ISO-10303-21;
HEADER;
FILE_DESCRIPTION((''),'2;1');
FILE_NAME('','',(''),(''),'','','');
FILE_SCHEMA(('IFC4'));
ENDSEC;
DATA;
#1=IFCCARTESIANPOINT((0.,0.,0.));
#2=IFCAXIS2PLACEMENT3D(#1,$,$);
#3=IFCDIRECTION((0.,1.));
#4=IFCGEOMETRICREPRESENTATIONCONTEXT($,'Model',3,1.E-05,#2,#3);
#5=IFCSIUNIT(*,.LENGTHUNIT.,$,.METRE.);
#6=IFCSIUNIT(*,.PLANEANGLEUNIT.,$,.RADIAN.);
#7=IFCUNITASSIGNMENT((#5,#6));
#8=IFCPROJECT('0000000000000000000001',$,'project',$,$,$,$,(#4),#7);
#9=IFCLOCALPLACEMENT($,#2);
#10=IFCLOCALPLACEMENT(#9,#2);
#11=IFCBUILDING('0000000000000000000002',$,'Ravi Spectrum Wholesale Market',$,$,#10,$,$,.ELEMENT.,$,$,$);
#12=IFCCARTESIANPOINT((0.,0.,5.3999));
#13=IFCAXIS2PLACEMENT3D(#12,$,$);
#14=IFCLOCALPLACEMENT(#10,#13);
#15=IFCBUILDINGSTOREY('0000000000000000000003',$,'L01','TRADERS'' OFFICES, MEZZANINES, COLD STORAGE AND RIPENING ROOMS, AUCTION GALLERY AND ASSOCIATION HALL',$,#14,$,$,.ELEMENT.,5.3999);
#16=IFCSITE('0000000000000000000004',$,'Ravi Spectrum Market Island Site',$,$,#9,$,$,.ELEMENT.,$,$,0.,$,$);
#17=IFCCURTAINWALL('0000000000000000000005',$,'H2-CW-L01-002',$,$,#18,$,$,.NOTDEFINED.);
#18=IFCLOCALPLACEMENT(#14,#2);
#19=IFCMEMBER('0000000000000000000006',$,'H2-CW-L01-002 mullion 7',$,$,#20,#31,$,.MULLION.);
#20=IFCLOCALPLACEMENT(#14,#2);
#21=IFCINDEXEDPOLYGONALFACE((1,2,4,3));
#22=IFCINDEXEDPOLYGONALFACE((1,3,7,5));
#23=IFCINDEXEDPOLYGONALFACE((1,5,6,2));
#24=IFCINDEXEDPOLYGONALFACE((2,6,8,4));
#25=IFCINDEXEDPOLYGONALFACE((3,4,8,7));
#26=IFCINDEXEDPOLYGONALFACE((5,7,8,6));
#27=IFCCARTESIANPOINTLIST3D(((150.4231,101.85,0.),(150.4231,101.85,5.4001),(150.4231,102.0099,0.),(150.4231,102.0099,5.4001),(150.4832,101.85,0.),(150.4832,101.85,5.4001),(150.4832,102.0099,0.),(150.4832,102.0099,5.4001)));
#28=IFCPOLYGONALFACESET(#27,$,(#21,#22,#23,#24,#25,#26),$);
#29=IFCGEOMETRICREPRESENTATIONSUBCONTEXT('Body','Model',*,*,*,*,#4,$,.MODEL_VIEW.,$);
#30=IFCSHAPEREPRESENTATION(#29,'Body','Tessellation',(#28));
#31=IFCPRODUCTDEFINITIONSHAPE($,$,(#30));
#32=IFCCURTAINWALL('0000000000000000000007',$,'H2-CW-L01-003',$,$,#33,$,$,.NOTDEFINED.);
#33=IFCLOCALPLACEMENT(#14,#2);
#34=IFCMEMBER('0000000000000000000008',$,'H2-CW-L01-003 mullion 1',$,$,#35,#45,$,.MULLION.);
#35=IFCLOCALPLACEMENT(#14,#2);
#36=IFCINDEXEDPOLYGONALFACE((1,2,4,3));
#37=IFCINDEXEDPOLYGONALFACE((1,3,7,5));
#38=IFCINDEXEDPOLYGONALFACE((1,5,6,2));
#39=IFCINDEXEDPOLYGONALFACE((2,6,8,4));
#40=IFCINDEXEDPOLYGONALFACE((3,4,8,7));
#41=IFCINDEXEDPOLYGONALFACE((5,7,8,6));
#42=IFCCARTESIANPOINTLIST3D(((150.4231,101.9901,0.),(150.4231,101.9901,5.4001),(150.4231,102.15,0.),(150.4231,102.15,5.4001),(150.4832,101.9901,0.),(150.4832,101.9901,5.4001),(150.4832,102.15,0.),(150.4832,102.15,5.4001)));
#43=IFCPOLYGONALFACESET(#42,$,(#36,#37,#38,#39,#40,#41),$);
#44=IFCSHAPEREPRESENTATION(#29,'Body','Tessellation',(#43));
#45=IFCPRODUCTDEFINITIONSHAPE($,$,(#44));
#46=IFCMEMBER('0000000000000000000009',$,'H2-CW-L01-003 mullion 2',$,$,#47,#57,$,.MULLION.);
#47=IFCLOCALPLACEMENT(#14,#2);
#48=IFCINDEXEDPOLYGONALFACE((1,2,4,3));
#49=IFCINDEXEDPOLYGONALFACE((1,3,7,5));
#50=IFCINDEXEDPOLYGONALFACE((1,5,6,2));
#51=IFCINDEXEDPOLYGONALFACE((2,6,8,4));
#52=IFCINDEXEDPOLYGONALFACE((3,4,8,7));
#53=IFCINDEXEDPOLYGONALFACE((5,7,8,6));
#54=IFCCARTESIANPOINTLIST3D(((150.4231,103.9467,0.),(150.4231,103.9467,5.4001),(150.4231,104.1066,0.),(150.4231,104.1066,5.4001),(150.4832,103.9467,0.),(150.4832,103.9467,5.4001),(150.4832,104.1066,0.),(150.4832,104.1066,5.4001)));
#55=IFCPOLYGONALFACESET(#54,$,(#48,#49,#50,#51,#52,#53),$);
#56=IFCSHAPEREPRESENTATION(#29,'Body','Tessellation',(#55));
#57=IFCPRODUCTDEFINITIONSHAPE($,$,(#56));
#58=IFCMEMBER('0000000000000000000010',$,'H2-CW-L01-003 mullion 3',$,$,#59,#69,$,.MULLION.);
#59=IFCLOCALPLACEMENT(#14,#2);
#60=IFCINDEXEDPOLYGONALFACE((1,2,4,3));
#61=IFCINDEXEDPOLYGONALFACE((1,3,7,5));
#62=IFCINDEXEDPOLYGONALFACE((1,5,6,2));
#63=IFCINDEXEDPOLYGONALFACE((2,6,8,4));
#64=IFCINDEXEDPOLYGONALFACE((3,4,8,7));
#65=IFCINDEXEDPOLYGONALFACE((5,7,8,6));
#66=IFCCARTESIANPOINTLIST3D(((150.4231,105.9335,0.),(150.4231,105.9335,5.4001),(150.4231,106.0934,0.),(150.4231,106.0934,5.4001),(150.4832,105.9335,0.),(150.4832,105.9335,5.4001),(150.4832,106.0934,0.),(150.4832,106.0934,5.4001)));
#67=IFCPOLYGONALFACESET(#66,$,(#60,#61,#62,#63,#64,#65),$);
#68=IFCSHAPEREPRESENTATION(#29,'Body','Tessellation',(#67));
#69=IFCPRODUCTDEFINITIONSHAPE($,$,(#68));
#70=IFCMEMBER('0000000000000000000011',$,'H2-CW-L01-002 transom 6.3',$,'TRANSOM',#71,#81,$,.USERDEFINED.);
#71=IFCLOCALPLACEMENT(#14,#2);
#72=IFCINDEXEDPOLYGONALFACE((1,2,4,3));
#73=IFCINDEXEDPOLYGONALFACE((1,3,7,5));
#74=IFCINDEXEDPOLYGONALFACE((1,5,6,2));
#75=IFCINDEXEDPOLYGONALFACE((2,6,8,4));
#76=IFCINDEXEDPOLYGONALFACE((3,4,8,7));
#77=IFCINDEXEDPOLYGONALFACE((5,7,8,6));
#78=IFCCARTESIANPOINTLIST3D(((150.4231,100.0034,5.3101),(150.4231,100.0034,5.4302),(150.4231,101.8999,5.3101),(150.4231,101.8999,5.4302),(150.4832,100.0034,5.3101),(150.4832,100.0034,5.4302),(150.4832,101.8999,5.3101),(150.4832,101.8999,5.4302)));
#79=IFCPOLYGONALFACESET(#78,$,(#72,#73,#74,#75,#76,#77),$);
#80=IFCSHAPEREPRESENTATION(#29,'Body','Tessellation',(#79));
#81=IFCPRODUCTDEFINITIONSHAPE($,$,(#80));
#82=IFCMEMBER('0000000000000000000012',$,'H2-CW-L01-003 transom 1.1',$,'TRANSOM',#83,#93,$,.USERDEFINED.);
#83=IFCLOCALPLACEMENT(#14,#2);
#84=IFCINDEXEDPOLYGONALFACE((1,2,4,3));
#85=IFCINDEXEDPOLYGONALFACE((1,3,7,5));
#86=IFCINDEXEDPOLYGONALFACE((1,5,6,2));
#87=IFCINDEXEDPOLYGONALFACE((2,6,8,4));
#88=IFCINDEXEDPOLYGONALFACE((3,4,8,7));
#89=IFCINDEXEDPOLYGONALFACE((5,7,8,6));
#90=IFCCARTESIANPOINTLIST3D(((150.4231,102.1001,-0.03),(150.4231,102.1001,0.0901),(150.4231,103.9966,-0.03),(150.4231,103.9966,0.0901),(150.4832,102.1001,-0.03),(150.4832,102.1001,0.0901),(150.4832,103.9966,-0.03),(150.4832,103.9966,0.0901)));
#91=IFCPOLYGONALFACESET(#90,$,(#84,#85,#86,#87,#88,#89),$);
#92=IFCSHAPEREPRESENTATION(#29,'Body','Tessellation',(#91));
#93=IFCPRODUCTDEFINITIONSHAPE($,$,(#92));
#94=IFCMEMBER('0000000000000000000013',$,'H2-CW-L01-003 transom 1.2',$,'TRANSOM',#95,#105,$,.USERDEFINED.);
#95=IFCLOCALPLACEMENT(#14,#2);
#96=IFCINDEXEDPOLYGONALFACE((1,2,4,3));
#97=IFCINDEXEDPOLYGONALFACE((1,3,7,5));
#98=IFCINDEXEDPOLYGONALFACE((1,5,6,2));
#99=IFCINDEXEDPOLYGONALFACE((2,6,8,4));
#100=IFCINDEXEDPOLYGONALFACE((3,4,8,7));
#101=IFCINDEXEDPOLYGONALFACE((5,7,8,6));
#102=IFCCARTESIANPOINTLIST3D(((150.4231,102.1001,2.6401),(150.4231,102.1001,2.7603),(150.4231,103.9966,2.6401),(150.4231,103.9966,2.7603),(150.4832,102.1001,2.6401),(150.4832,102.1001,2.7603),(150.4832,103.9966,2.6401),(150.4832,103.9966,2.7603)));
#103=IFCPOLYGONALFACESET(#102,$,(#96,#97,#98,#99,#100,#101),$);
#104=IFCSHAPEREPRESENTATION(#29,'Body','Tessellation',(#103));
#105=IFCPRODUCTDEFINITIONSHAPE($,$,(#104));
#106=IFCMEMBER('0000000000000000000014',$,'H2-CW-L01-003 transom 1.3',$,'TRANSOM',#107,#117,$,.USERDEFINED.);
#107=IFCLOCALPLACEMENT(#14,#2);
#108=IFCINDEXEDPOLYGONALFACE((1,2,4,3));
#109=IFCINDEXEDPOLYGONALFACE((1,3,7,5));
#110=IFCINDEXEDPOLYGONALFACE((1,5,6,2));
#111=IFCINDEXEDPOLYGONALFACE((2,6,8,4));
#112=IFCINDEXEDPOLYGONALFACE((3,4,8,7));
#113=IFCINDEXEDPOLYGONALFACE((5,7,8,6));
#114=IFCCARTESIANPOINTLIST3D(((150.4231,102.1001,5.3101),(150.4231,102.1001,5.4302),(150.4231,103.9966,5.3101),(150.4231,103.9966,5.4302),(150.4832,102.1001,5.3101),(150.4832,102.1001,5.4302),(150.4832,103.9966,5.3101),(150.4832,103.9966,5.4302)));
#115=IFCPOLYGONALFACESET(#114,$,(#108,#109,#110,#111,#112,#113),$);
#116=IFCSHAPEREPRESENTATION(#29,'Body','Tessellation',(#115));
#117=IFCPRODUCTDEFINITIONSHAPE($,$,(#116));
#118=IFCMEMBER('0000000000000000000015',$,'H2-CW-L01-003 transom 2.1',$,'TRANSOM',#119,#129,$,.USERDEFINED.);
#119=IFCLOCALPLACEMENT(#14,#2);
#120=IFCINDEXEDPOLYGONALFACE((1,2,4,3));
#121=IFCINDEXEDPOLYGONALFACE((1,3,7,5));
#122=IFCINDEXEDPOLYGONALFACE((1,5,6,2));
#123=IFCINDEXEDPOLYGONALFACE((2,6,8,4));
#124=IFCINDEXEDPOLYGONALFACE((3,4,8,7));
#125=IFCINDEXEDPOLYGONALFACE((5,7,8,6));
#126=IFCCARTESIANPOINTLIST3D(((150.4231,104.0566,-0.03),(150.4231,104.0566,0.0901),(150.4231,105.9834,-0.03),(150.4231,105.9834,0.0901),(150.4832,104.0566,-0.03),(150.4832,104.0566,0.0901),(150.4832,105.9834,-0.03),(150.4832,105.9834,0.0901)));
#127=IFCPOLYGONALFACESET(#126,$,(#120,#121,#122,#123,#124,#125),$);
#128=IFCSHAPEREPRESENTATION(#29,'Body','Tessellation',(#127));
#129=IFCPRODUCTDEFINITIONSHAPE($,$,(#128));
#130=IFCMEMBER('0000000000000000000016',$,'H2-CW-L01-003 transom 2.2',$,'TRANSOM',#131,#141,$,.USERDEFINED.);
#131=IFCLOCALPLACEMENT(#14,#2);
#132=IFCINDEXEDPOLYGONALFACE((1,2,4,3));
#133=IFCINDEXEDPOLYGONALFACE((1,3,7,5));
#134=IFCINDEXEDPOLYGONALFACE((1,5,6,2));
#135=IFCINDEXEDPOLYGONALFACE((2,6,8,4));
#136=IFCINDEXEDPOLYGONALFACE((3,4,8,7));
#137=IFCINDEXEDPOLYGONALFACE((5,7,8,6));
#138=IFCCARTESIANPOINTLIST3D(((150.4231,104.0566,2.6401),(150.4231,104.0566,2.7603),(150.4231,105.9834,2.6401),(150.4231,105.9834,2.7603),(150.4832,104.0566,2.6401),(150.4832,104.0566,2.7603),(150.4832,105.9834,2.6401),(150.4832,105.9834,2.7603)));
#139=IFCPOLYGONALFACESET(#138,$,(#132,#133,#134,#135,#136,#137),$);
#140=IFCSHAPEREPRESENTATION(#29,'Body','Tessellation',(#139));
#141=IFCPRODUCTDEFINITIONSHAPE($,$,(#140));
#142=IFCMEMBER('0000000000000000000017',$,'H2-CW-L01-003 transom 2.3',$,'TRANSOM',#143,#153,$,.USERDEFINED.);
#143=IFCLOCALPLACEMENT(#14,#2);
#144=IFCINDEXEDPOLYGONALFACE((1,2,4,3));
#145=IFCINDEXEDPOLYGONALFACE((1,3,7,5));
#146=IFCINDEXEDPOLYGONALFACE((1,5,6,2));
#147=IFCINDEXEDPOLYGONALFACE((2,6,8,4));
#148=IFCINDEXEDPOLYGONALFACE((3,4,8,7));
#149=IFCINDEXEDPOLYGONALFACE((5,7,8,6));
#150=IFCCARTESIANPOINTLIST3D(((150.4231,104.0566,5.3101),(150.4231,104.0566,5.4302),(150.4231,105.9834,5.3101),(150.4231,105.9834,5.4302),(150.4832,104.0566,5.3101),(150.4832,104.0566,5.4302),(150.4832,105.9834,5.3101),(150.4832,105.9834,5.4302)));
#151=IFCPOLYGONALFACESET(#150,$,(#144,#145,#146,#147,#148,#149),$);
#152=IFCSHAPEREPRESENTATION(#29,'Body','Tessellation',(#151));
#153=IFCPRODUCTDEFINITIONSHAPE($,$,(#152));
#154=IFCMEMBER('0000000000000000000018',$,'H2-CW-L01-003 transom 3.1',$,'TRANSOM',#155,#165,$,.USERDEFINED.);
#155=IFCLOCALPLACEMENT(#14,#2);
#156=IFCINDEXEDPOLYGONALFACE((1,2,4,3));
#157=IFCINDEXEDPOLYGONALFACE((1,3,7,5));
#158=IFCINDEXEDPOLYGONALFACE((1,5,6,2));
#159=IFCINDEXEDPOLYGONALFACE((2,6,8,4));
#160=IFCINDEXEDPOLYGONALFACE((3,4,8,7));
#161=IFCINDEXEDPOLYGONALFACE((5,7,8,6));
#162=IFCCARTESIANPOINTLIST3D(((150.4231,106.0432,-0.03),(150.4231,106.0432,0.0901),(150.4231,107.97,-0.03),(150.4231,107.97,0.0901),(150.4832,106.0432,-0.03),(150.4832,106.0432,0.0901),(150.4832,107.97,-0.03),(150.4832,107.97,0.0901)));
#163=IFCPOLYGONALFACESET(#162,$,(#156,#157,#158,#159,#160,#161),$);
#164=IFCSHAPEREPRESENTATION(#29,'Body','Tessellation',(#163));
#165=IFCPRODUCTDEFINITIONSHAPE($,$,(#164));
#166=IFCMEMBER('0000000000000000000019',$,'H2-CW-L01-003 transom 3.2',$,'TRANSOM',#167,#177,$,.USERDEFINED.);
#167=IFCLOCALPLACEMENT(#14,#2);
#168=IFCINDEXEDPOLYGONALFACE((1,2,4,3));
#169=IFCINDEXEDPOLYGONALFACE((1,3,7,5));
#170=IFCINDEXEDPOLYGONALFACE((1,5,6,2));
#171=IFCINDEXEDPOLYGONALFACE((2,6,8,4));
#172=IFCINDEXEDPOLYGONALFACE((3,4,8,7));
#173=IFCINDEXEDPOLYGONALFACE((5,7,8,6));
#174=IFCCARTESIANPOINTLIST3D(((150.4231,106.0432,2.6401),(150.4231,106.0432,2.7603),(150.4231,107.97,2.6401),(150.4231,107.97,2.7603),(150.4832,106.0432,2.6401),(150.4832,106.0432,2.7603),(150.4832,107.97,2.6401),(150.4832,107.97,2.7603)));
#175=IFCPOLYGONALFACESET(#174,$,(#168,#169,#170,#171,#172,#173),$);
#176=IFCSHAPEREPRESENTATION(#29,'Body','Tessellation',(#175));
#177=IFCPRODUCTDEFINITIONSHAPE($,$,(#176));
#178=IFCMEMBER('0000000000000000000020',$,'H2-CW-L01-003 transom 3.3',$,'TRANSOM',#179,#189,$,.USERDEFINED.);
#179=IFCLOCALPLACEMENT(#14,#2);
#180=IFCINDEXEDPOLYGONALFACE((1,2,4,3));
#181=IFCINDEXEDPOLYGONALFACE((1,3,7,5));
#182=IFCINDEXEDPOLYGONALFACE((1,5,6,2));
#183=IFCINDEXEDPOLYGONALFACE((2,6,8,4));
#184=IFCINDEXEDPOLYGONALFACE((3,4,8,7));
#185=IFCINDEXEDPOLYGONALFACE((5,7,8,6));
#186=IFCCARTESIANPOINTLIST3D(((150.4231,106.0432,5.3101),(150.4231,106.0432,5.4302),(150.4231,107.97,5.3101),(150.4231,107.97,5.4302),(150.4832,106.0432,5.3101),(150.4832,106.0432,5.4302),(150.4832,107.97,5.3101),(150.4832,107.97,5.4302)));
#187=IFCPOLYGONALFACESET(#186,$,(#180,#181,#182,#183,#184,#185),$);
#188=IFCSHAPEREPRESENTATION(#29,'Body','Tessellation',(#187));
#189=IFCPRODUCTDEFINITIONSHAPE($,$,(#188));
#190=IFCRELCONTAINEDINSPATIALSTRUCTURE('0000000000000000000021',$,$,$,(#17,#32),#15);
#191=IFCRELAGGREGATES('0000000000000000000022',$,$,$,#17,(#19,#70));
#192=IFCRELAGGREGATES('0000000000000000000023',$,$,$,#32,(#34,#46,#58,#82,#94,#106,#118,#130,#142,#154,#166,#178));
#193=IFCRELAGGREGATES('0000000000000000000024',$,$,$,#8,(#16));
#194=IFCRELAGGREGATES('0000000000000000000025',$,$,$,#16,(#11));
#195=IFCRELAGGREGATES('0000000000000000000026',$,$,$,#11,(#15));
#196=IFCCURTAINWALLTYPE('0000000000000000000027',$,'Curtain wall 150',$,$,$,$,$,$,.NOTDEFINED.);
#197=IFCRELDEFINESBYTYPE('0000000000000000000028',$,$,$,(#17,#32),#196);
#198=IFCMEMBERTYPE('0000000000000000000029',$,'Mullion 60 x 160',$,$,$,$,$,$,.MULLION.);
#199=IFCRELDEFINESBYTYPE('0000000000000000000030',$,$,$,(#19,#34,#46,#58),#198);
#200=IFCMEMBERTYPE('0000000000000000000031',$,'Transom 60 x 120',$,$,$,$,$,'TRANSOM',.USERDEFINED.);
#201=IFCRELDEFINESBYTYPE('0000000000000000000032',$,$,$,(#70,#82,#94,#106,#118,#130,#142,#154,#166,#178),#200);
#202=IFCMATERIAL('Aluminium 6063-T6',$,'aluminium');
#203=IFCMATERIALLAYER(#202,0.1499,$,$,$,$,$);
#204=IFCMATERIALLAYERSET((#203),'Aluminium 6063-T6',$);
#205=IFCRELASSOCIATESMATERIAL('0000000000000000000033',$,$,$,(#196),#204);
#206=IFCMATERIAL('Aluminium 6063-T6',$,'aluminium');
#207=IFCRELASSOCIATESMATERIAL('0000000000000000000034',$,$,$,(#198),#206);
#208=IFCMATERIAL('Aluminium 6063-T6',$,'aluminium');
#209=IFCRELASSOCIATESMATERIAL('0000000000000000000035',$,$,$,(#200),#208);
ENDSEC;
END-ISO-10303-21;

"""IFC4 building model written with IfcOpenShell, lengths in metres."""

from ifc_helpers import new_model, si_unit, direction, frame, origin, origin_2d, place, context, subcontext, project, spatial, rectangle, extrude, material, layer, layer_set, material_profile, profile_set, type_object, element, aggregate, save


model = new_model("IFC4")

# Units and contexts
model_context = context("Model", 3, precision=1e-05, world=origin(), true_north=direction((0.0, 1.0)))
body_context = subcontext(model_context, "Body", "Model", "MODEL_VIEW")
ifc_project = project(units=[si_unit("LENGTHUNIT", "METRE"), si_unit("PLANEANGLEUNIT", "RADIAN")], contexts=[model_context])

# Site, building, storey
site_placement = place(None, origin())
site = spatial("IfcSite", under=ifc_project, at=site_placement, Name="Ravi Spectrum Market Island Site", CompositionType="ELEMENT", RefElevation=0.0)
building_placement = place(site_placement, origin())
building = spatial("IfcBuilding", under=site, at=building_placement, Name="Ravi Spectrum Wholesale Market", CompositionType="ELEMENT")
storey_placement = place(building_placement, frame((0.0, 0.0, 5.3999)))
storey = spatial("IfcBuildingStorey", under=building, at=storey_placement, Name="L01", Description="TRADERS' OFFICES, MEZZANINES, COLD STORAGE AND RIPENING ROOMS, AUCTION GALLERY AND ASSOCIATION HALL", CompositionType="ELEMENT", Elevation=5.3999)

# Curtain wall, member
ifc_material_1 = material(Name="Aluminium 6063-T6", Category="aluminium")
ifc_layer_1 = layer(ifc_material_1, 0.1499)
ifc_layer_set_1 = layer_set([ifc_layer_1], Name="Aluminium 6063-T6")
curtain_wall_type = type_object("IfcCurtainWallType", Name="Curtain wall 150", PredefinedType="NOTDEFINED", material=ifc_layer_set_1)
curtain_wall_1_placement = place(storey_placement, origin())
curtain_wall_1 = element("IfcCurtainWall", 1, at=curtain_wall_1_placement, inside=storey, type_object=curtain_wall_type, Name="H2-CW-L01-002", PredefinedType="NOTDEFINED")
ifc_material_2 = material(Name="Aluminium 6063-T6", Category="aluminium")
ifc_material_profile_1 = material_profile(ifc_material_2, rectangle(XDim=0.0601, YDim=0.1599, at=origin_2d()))
ifc_profile_set_1 = profile_set([ifc_material_profile_1], Name="Aluminium 6063-T6")
member_type_1 = type_object("IfcMemberType", Name="Mullion 60 x 160", PredefinedType="MULLION", material=ifc_profile_set_1)
member_1_placement = place(storey_placement, frame((150.4531, 101.9299, 0.0), z_axis=(0.0, 0.0, 1.0), x_axis=(-1.0, 0.0, 0.0)))
member_1 = element("IfcMember", 2, at=member_1_placement, type_object=member_type_1, Name="H2-CW-L01-002 mullion 7", PredefinedType="MULLION", context=body_context, shape_type="SweptSolid", body=[
    extrude(rectangle(XDim=0.0601, YDim=0.1599, at=origin_2d()), origin(), (0.0, 0.0, 1.0), 5.4001),
])

# Curtain wall, members
curtain_wall_2_placement = place(storey_placement, origin())
curtain_wall_2 = element("IfcCurtainWall", 3, at=curtain_wall_2_placement, inside=storey, type_object=curtain_wall_type, Name="H2-CW-L01-003", PredefinedType="NOTDEFINED")
member_2_placement = place(storey_placement, frame((150.4531, 102.0701, 0.0), z_axis=(0.0, 0.0, 1.0), x_axis=(-1.0, 0.0, 0.0)))
member_2 = element("IfcMember", 4, at=member_2_placement, type_object=member_type_1, Name="H2-CW-L01-003 mullion 1", PredefinedType="MULLION", context=body_context, shape_type="SweptSolid", body=[
    extrude(rectangle(XDim=0.0601, YDim=0.1599, at=origin_2d()), origin(), (0.0, 0.0, 1.0), 5.4001),
])
member_3_placement = place(storey_placement, frame((150.4531, 104.0266, 0.0), z_axis=(0.0, 0.0, 1.0), x_axis=(-1.0, 0.0, 0.0)))
member_3 = element("IfcMember", 5, at=member_3_placement, type_object=member_type_1, Name="H2-CW-L01-003 mullion 2", PredefinedType="MULLION", context=body_context, shape_type="SweptSolid", body=[
    extrude(rectangle(XDim=0.0601, YDim=0.1599, at=origin_2d()), origin(), (0.0, 0.0, 1.0), 5.4001),
])
member_4_placement = place(storey_placement, frame((150.4531, 106.0134, 0.0), z_axis=(0.0, 0.0, 1.0), x_axis=(-1.0, 0.0, 0.0)))
member_4 = element("IfcMember", 6, at=member_4_placement, type_object=member_type_1, Name="H2-CW-L01-003 mullion 3", PredefinedType="MULLION", context=body_context, shape_type="SweptSolid", body=[
    extrude(rectangle(XDim=0.0601, YDim=0.1599, at=origin_2d()), origin(), (0.0, 0.0, 1.0), 5.4001),
])

# Members
ifc_material_3 = material(Name="Aluminium 6063-T6", Category="aluminium")
ifc_material_profile_2 = material_profile(ifc_material_3, rectangle(XDim=0.0601, YDim=0.1201, at=origin_2d()))
ifc_profile_set_2 = profile_set([ifc_material_profile_2], Name="Aluminium 6063-T6")
member_type_2 = type_object("IfcMemberType", Name="Transom 60 x 120", ElementType="TRANSOM", PredefinedType="USERDEFINED", material=ifc_profile_set_2)
member_5_placement = place(storey_placement, frame((150.4531, 100.0034, 5.3701), z_axis=(0.0, 1.0, 0.0), x_axis=(-1.0, 0.0, 0.0)))
member_5 = element("IfcMember", 7, at=member_5_placement, type_object=member_type_2, Name="H2-CW-L01-002 transom 6.3", ObjectType="TRANSOM", PredefinedType="USERDEFINED", context=body_context, shape_type="SweptSolid", body=[
    extrude(rectangle(XDim=0.0601, YDim=0.1201, at=origin_2d()), origin(), (0.0, 0.0, 1.0), 1.8965),
])
member_6_placement = place(storey_placement, frame((150.4531, 102.1001, 0.03), z_axis=(0.0, 1.0, 0.0), x_axis=(-1.0, 0.0, 0.0)))
member_6 = element("IfcMember", 8, at=member_6_placement, type_object=member_type_2, Name="H2-CW-L01-003 transom 1.1", ObjectType="TRANSOM", PredefinedType="USERDEFINED", context=body_context, shape_type="SweptSolid", body=[
    extrude(rectangle(XDim=0.0601, YDim=0.1201, at=origin_2d()), origin(), (0.0, 0.0, 1.0), 1.8965),
])
member_7_placement = place(storey_placement, frame((150.4531, 102.1001, 2.7002), z_axis=(0.0, 1.0, 0.0), x_axis=(-1.0, 0.0, 0.0)))
member_7 = element("IfcMember", 9, at=member_7_placement, type_object=member_type_2, Name="H2-CW-L01-003 transom 1.2", ObjectType="TRANSOM", PredefinedType="USERDEFINED", context=body_context, shape_type="SweptSolid", body=[
    extrude(rectangle(XDim=0.0601, YDim=0.1201, at=origin_2d()), origin(), (0.0, 0.0, 1.0), 1.8965),
])
member_8_placement = place(storey_placement, frame((150.4531, 102.1001, 5.3701), z_axis=(0.0, 1.0, 0.0), x_axis=(-1.0, 0.0, 0.0)))
member_8 = element("IfcMember", 10, at=member_8_placement, type_object=member_type_2, Name="H2-CW-L01-003 transom 1.3", ObjectType="TRANSOM", PredefinedType="USERDEFINED", context=body_context, shape_type="SweptSolid", body=[
    extrude(rectangle(XDim=0.0601, YDim=0.1201, at=origin_2d()), origin(), (0.0, 0.0, 1.0), 1.8965),
])
member_9_placement = place(storey_placement, frame((150.4531, 104.0566, 0.03), z_axis=(0.0, 1.0, 0.0), x_axis=(-1.0, 0.0, 0.0)))
member_9 = element("IfcMember", 11, at=member_9_placement, type_object=member_type_2, Name="H2-CW-L01-003 transom 2.1", ObjectType="TRANSOM", PredefinedType="USERDEFINED", context=body_context, shape_type="SweptSolid", body=[
    extrude(rectangle(XDim=0.0601, YDim=0.1201, at=origin_2d()), origin(), (0.0, 0.0, 1.0), 1.9268),
])
member_10_placement = place(storey_placement, frame((150.4531, 104.0566, 2.7002), z_axis=(0.0, 1.0, 0.0), x_axis=(-1.0, 0.0, 0.0)))
member_10 = element("IfcMember", 12, at=member_10_placement, type_object=member_type_2, Name="H2-CW-L01-003 transom 2.2", ObjectType="TRANSOM", PredefinedType="USERDEFINED", context=body_context, shape_type="SweptSolid", body=[
    extrude(rectangle(XDim=0.0601, YDim=0.1201, at=origin_2d()), origin(), (0.0, 0.0, 1.0), 1.9268),
])
member_11_placement = place(storey_placement, frame((150.4531, 104.0566, 5.3701), z_axis=(0.0, 1.0, 0.0), x_axis=(-1.0, 0.0, 0.0)))
member_11 = element("IfcMember", 13, at=member_11_placement, type_object=member_type_2, Name="H2-CW-L01-003 transom 2.3", ObjectType="TRANSOM", PredefinedType="USERDEFINED", context=body_context, shape_type="SweptSolid", body=[
    extrude(rectangle(XDim=0.0601, YDim=0.1201, at=origin_2d()), origin(), (0.0, 0.0, 1.0), 1.9268),
])
member_12_placement = place(storey_placement, frame((150.4531, 106.0432, 0.03), z_axis=(0.0, 1.0, 0.0), x_axis=(-1.0, 0.0, 0.0)))
member_12 = element("IfcMember", 14, at=member_12_placement, type_object=member_type_2, Name="H2-CW-L01-003 transom 3.1", ObjectType="TRANSOM", PredefinedType="USERDEFINED", context=body_context, shape_type="SweptSolid", body=[
    extrude(rectangle(XDim=0.0601, YDim=0.1201, at=origin_2d()), origin(), (0.0, 0.0, 1.0), 1.9268),
])
member_13_placement = place(storey_placement, frame((150.4531, 106.0432, 2.7002), z_axis=(0.0, 1.0, 0.0), x_axis=(-1.0, 0.0, 0.0)))
member_13 = element("IfcMember", 15, at=member_13_placement, type_object=member_type_2, Name="H2-CW-L01-003 transom 3.2", ObjectType="TRANSOM", PredefinedType="USERDEFINED", context=body_context, shape_type="SweptSolid", body=[
    extrude(rectangle(XDim=0.0601, YDim=0.1201, at=origin_2d()), origin(), (0.0, 0.0, 1.0), 1.9268),
])
member_14_placement = place(storey_placement, frame((150.4531, 106.0432, 5.3701), z_axis=(0.0, 1.0, 0.0), x_axis=(-1.0, 0.0, 0.0)))
member_14 = element("IfcMember", 16, at=member_14_placement, type_object=member_type_2, Name="H2-CW-L01-003 transom 3.3", ObjectType="TRANSOM", PredefinedType="USERDEFINED", context=body_context, shape_type="SweptSolid", body=[
    extrude(rectangle(XDim=0.0601, YDim=0.1201, at=origin_2d()), origin(), (0.0, 0.0, 1.0), 1.9268),
])

aggregate(curtain_wall_1, [member_1, member_5])
aggregate(curtain_wall_2, [member_2, member_3, member_4, member_6, member_7, member_8, member_9, member_10, member_11, member_12, member_13, member_14])

save(model, "model.ifc")
